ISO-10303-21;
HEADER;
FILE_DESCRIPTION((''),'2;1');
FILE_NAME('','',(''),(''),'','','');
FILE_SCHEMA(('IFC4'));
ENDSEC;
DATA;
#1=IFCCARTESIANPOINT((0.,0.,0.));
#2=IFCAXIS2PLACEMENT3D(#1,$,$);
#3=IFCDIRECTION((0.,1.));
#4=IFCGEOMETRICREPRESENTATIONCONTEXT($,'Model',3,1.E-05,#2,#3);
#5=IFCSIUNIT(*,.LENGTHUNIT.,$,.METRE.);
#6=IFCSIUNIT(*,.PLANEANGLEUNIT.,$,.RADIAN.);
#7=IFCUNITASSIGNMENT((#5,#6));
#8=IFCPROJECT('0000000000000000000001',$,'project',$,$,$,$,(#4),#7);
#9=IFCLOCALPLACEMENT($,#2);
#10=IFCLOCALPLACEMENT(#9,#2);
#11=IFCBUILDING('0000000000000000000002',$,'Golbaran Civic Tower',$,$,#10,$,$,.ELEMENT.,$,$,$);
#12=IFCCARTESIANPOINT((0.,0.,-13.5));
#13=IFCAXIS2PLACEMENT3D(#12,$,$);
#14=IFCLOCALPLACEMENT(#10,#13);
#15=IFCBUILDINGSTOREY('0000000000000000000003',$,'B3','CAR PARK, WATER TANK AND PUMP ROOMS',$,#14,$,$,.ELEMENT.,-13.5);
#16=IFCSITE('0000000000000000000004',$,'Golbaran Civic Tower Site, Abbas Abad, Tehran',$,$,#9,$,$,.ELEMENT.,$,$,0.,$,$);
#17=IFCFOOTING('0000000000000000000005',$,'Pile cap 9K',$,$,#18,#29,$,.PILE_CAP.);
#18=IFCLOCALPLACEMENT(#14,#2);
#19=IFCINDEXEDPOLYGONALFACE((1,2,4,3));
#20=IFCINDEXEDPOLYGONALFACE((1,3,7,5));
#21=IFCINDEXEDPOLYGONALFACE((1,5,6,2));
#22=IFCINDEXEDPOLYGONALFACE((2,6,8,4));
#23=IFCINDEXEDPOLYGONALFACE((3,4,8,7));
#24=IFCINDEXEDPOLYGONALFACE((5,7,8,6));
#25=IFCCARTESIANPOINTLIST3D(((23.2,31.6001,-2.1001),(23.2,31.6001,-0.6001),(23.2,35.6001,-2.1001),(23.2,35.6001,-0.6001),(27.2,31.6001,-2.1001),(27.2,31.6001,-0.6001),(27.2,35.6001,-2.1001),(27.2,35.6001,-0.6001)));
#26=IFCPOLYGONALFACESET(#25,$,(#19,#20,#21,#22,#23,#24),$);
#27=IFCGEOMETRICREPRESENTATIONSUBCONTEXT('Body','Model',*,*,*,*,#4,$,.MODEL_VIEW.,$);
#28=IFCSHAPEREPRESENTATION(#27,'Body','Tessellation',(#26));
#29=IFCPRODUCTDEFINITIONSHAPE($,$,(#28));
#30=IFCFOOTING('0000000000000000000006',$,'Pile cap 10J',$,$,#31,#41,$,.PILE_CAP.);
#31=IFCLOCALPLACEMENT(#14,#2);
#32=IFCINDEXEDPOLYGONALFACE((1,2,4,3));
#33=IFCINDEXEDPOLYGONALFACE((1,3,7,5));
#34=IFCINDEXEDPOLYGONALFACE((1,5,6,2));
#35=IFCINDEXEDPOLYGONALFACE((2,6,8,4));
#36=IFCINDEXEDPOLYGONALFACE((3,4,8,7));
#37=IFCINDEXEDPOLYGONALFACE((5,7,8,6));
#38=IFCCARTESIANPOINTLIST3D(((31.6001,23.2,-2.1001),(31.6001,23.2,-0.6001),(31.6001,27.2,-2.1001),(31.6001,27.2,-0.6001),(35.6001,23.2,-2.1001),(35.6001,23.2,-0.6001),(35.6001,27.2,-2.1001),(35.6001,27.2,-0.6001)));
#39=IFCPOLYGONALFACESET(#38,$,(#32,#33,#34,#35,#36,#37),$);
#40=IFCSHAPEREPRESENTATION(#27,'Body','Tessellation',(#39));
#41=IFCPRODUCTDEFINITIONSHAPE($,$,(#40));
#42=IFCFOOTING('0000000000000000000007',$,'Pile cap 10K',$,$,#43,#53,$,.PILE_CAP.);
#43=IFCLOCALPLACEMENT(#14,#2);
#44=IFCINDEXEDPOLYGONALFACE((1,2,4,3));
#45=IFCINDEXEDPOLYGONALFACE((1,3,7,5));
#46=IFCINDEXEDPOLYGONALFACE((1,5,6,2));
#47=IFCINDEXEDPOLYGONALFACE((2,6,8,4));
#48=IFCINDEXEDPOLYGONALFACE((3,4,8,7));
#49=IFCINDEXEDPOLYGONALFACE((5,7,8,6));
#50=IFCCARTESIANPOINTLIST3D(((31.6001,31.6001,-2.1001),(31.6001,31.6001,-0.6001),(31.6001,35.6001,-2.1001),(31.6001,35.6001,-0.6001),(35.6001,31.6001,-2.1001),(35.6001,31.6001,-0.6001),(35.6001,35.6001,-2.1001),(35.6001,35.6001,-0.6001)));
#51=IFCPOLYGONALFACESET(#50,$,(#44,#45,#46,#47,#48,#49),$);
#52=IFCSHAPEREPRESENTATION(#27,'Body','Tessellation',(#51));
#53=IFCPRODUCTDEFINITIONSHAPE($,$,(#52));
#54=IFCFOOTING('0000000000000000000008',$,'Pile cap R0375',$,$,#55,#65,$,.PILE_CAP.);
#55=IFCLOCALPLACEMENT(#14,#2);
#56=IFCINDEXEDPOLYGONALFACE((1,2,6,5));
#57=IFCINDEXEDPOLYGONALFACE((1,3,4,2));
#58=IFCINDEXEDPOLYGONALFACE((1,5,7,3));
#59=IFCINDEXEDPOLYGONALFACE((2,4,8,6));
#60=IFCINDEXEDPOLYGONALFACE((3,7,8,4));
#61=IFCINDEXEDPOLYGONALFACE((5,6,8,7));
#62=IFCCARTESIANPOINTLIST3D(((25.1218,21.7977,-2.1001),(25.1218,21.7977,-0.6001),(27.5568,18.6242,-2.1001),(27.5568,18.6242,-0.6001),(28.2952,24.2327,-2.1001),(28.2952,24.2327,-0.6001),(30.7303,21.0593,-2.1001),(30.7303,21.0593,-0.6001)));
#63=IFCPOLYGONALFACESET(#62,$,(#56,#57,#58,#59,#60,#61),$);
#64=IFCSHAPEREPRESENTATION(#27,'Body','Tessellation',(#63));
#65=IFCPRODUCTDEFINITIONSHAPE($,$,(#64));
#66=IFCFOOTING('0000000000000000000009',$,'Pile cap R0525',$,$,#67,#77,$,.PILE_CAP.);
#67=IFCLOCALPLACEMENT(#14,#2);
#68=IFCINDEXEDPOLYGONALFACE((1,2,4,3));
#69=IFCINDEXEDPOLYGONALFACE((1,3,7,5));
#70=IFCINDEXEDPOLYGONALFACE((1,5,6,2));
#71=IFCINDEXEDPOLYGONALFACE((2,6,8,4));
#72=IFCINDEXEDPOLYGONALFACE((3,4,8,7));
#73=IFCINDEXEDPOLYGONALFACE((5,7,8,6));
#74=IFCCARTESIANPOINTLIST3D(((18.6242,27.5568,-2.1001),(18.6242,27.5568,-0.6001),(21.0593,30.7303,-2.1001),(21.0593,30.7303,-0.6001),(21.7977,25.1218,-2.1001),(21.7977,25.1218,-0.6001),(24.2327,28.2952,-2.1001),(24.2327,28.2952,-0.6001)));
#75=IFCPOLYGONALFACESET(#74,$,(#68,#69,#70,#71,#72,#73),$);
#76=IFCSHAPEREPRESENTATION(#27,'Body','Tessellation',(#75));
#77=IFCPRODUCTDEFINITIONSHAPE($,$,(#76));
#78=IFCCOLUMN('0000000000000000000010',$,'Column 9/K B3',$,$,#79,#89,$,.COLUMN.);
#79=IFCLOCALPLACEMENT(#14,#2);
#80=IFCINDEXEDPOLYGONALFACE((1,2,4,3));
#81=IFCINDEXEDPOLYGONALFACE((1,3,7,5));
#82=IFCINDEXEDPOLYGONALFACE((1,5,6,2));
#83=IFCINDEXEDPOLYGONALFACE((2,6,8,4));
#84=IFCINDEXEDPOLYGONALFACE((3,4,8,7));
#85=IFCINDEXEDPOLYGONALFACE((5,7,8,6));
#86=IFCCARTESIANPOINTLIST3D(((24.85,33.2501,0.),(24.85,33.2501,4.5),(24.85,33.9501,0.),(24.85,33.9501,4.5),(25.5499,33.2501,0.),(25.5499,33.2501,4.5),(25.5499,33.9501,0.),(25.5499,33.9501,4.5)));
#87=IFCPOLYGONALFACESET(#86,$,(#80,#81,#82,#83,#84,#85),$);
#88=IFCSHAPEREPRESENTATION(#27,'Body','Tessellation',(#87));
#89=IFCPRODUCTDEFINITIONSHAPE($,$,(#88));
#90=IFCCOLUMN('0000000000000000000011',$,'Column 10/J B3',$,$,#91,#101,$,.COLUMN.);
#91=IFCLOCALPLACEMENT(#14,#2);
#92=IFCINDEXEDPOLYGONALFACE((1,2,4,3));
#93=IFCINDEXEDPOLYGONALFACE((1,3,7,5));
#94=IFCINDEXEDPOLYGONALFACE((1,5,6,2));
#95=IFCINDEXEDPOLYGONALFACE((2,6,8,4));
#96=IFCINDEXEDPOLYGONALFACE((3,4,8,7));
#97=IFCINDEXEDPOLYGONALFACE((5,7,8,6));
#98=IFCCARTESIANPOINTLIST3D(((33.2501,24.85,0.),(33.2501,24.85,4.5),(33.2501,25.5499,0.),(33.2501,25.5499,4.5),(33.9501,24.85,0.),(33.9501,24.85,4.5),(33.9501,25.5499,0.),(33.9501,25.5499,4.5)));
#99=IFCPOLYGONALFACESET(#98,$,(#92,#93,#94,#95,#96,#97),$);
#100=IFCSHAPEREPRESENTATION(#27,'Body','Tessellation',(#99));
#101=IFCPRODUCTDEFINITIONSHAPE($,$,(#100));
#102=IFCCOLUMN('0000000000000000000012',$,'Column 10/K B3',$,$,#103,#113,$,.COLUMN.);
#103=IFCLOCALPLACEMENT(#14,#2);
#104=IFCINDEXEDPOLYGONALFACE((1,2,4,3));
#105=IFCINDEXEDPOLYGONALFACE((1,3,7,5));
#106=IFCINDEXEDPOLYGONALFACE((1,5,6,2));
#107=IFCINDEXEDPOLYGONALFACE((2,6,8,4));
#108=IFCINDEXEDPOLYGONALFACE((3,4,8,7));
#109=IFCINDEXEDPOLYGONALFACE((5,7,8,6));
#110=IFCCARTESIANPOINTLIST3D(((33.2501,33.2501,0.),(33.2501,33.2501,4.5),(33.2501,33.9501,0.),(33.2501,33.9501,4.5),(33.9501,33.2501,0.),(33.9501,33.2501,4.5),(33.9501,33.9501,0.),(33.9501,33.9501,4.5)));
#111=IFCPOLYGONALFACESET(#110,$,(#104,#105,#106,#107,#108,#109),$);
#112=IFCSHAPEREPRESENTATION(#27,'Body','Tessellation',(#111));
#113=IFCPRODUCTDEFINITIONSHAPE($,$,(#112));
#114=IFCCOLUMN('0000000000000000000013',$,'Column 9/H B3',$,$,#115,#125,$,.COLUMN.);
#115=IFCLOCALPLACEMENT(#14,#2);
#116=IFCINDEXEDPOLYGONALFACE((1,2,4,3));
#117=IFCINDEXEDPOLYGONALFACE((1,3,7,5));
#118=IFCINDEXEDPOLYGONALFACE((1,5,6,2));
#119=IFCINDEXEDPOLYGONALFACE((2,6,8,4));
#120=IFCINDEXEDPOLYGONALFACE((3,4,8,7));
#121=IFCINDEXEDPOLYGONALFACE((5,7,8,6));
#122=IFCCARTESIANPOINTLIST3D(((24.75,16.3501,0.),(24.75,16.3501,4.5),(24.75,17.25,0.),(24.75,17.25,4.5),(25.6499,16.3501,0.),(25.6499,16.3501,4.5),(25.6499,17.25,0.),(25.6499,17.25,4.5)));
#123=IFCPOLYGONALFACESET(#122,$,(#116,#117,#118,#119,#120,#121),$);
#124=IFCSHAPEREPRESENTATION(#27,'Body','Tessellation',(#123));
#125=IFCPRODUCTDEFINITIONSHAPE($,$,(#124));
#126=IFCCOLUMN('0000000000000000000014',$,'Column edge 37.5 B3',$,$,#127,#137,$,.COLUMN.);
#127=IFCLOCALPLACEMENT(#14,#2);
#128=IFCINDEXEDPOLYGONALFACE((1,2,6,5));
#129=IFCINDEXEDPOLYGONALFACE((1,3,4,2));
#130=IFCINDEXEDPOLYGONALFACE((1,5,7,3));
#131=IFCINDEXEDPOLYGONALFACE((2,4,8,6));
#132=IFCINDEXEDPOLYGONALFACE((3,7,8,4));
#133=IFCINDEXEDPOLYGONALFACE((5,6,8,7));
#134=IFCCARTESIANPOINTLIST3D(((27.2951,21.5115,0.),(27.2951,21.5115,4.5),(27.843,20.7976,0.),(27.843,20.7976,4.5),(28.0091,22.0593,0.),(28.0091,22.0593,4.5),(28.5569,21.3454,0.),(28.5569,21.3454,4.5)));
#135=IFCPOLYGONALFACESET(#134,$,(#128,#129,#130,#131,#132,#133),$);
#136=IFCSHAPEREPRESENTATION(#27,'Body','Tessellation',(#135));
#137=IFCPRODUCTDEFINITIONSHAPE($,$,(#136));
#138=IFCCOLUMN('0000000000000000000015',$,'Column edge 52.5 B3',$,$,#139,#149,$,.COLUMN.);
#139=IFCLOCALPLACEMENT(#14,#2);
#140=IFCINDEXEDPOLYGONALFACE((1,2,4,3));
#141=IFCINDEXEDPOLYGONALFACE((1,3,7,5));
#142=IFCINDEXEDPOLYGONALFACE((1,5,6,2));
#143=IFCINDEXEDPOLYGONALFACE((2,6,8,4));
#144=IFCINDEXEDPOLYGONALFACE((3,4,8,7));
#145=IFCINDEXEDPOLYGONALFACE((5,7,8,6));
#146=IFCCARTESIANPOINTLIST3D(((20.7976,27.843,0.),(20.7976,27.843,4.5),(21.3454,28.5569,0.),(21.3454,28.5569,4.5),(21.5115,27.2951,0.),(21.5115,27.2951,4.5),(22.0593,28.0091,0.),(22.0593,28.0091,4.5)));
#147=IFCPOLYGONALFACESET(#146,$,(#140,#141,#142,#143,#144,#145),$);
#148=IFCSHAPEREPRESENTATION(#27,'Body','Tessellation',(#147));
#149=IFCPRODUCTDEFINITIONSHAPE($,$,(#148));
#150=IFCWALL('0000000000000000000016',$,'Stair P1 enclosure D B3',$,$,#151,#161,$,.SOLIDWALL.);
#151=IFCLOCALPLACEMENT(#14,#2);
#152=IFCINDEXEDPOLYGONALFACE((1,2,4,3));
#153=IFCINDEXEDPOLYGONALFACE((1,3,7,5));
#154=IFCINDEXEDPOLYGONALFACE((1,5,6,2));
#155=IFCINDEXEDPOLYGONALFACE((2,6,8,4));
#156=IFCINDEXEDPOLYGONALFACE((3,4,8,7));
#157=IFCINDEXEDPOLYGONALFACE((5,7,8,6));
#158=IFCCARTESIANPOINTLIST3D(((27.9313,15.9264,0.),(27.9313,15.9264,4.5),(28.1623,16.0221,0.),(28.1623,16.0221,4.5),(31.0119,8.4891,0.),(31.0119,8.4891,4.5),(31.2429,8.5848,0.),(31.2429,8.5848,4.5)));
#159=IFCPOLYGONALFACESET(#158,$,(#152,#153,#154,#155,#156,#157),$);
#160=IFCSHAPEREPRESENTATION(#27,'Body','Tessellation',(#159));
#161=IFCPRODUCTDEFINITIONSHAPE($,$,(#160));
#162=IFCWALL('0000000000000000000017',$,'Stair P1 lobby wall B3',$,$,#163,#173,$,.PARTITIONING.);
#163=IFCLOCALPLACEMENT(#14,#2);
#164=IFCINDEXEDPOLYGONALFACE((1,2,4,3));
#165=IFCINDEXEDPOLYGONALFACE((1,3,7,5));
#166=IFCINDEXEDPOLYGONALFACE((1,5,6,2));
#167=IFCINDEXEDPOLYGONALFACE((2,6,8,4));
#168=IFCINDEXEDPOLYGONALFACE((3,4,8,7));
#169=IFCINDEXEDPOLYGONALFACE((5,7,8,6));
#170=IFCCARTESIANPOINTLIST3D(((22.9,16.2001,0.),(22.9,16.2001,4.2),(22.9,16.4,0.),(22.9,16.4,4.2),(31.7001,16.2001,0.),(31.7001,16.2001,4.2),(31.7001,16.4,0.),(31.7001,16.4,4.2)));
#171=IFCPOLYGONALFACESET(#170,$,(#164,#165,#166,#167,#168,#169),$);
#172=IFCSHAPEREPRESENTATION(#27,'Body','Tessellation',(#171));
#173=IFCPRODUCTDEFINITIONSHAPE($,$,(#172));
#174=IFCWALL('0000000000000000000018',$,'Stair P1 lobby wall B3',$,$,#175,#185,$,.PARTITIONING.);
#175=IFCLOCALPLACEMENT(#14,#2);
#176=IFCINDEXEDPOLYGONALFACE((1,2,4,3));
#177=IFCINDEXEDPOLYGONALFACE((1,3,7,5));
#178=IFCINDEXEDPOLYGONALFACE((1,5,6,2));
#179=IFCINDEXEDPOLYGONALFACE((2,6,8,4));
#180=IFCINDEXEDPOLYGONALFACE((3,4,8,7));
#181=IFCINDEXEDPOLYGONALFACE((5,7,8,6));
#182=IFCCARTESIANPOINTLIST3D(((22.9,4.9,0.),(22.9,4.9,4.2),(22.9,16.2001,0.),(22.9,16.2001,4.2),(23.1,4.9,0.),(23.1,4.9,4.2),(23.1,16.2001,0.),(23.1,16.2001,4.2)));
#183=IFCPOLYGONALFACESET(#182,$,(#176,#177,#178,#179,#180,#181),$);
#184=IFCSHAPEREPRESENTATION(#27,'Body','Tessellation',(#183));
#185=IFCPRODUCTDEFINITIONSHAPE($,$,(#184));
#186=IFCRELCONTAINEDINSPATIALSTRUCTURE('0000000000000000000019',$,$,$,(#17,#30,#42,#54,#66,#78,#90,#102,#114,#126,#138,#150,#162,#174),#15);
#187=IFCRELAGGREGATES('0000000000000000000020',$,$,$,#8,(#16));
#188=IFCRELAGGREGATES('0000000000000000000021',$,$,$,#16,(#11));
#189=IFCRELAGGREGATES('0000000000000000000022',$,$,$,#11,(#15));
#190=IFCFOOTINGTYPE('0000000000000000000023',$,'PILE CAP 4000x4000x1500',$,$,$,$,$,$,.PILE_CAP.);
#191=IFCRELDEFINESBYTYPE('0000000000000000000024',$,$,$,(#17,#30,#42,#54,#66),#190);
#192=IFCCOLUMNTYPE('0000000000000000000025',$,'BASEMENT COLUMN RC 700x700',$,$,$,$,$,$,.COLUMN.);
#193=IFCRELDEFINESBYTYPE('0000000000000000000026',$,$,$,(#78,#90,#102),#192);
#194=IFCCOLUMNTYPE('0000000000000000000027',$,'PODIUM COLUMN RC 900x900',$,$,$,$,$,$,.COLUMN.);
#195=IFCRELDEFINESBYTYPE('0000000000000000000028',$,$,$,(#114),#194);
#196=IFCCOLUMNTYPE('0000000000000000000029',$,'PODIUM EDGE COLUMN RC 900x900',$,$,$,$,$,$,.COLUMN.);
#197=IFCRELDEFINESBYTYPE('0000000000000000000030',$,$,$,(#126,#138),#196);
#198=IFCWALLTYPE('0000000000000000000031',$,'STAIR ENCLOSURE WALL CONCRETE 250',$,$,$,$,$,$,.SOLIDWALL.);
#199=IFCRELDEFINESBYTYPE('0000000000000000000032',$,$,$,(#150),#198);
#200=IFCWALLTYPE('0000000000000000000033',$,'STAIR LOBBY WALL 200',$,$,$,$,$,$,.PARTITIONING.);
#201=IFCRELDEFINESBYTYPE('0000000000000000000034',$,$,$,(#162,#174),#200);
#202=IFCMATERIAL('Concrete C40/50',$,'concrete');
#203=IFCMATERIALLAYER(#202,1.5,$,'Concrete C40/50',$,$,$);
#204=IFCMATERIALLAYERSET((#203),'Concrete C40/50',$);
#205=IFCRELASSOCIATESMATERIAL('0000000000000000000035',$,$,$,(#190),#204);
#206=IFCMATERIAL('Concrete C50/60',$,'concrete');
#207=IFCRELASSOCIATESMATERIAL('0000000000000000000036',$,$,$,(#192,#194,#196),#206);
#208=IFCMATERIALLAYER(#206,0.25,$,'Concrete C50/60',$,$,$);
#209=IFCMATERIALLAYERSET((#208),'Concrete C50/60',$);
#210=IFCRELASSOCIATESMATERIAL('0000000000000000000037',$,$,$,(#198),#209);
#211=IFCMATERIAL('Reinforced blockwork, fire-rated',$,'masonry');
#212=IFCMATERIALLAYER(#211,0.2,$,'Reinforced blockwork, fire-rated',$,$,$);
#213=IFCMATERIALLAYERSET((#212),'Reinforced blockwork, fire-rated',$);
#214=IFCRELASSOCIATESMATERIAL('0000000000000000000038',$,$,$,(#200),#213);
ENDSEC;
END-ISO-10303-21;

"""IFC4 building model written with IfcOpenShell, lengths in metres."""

from ifc_helpers import new_model, si_unit, direction, frame, frame_2d, origin, origin_2d, place, context, subcontext, project, spatial, rectangle, extrude, material, layer, layer_set, material_profile, profile_set, type_object, element, save


model = new_model("IFC4")

# Units and contexts
model_context = context("Model", 3, precision=1e-05, world=origin(), true_north=direction((0.0, 1.0)))
body_context = subcontext(model_context, "Body", "Model", "MODEL_VIEW")
ifc_project = project(units=[si_unit("LENGTHUNIT", "METRE"), si_unit("PLANEANGLEUNIT", "RADIAN")], contexts=[model_context])

# Site, building, storey
site_placement = place(None, origin())
site = spatial("IfcSite", under=ifc_project, at=site_placement, Name="Golbaran Civic Tower Site, Abbas Abad, Tehran", CompositionType="ELEMENT", RefElevation=0.0)
building_placement = place(site_placement, origin())
building = spatial("IfcBuilding", under=site, at=building_placement, Name="Golbaran Civic Tower", CompositionType="ELEMENT")
storey_placement = place(building_placement, frame((0.0, 0.0, -13.5)))
storey = spatial("IfcBuildingStorey", under=building, at=storey_placement, Name="B3", Description="CAR PARK, WATER TANK AND PUMP ROOMS", CompositionType="ELEMENT", Elevation=-13.5)

# Footings
ifc_material_1 = material(Name="Concrete C40/50", Category="concrete")
ifc_layer_1 = layer(ifc_material_1, 1.5, Name="Concrete C40/50")
ifc_layer_set_1 = layer_set([ifc_layer_1], Name="Concrete C40/50")
footing_type = type_object("IfcFootingType", Name="PILE CAP 4000x4000x1500", PredefinedType="PILE_CAP", material=ifc_layer_set_1)
for number, where, z_axis, x_axis, name in (
    (1, (25.2, 33.6001, -2.1001), (0.0, 0.0, 1.0), (1.0, 0.0, 0.0), "Pile cap 9K"),
    (2, (33.6001, 25.2, -2.1001), (0.0, 0.0, 1.0), (1.0, 0.0, 0.0), "Pile cap 10J"),
    (3, (33.6001, 33.6001, -2.1001), (0.0, 0.0, 1.0), (1.0, 0.0, 0.0), "Pile cap 10K"),
    (4, (27.926, 21.4285, -2.1001), (0.0, 0.0, 1.0), (0.793353, 0.608761, 0.0), "Pile cap R0375"),
    (5, (21.4285, 27.926, -2.1001), (0.0, 0.0, 1.0), (0.608761, 0.793353, 0.0), "Pile cap R0525"),
):
    element("IfcFooting", number, at=place(storey_placement, frame(where, z_axis=z_axis, x_axis=x_axis)), inside=storey, type_object=footing_type, Name=name, PredefinedType="PILE_CAP", context=body_context, shape_type="SweptSolid", body=[
        extrude(rectangle(XDim=4.0, YDim=4.0, at=origin_2d()), origin(), (0.0, 0.0, 1.0), 1.5),
    ])

# Columns
ifc_material_2 = material(Name="Concrete C50/60", Category="concrete")
ifc_material_profile_1 = material_profile(ifc_material_2, rectangle(XDim=0.7, YDim=0.7, at=origin_2d()), Name="RC 700x700")
ifc_profile_set_1 = profile_set([ifc_material_profile_1], Name="Concrete C50/60")
column_type_1 = type_object("IfcColumnType", Name="BASEMENT COLUMN RC 700x700", PredefinedType="COLUMN", material=ifc_profile_set_1)
for number, where, z_axis, x_axis, name in (
    (6, (25.2, 33.6001, 0.0), (0.0, 0.0, 1.0), (1.0, 0.0, 0.0), "Column 9/K B3"),
    (7, (33.6001, 25.2, 0.0), (0.0, 0.0, 1.0), (1.0, 0.0, 0.0), "Column 10/J B3"),
    (8, (33.6001, 33.6001, 0.0), (0.0, 0.0, 1.0), (1.0, 0.0, 0.0), "Column 10/K B3"),
):
    element("IfcColumn", number, at=place(storey_placement, frame(where, z_axis=z_axis, x_axis=x_axis)), inside=storey, type_object=column_type_1, Name=name, PredefinedType="COLUMN", context=body_context, shape_type="SweptSolid", body=[
        extrude(rectangle(XDim=0.7, YDim=0.7, at=origin_2d()), origin(), (0.0, 0.0, 1.0), 4.5),
    ])
ifc_material_profile_2 = material_profile(ifc_material_2, rectangle(XDim=0.8999, YDim=0.8999, at=origin_2d()), Name="RC 900x900")
ifc_profile_set_2 = profile_set([ifc_material_profile_2], Name="Concrete C50/60")
column_type_2 = type_object("IfcColumnType", Name="PODIUM COLUMN RC 900x900", PredefinedType="COLUMN", material=ifc_profile_set_2)
column_placement = place(storey_placement, frame((25.2, 16.8, 0.0), z_axis=(0.0, 0.0, 1.0), x_axis=(1.0, 0.0, 0.0)))
element("IfcColumn", 9, at=column_placement, inside=storey, type_object=column_type_2, Name="Column 9/H B3", PredefinedType="COLUMN", context=body_context, shape_type="SweptSolid", body=[
    extrude(rectangle(XDim=0.8999, YDim=0.8999, at=origin_2d()), origin(), (0.0, 0.0, 1.0), 4.5),
])
ifc_material_profile_3 = material_profile(ifc_material_2, rectangle(XDim=0.8999, YDim=0.8999, at=origin_2d()), Name="RC 900x900")
ifc_profile_set_3 = profile_set([ifc_material_profile_3], Name="Concrete C50/60")
column_type_3 = type_object("IfcColumnType", Name="PODIUM EDGE COLUMN RC 900x900", PredefinedType="COLUMN", material=ifc_profile_set_3)
for number, where, z_axis, x_axis, name in (
    (10, (27.926, 21.4285, 0.0), (0.0, 0.0, 1.0), (0.793353, 0.608761, 0.0), "Column edge 37.5 B3"),
    (11, (21.4285, 27.926, 0.0), (0.0, 0.0, 1.0), (0.608761, 0.793353, 0.0), "Column edge 52.5 B3"),
):
    element("IfcColumn", number, at=place(storey_placement, frame(where, z_axis=z_axis, x_axis=x_axis)), inside=storey, type_object=column_type_3, Name=name, PredefinedType="COLUMN", context=body_context, shape_type="SweptSolid", body=[
        extrude(rectangle(XDim=0.8999, YDim=0.8999, at=origin_2d()), origin(), (0.0, 0.0, 1.0), 4.5),
    ])

# Walls
ifc_layer_2 = layer(ifc_material_2, 0.25, Name="Concrete C50/60")
ifc_layer_set_2 = layer_set([ifc_layer_2], Name="Concrete C50/60")
wall_type_1 = type_object("IfcWallType", Name="STAIR ENCLOSURE WALL CONCRETE 250", PredefinedType="SOLIDWALL", material=ifc_layer_set_2)
wall_1_placement = place(storey_placement, frame((28.0469, 15.9741, 0.0), z_axis=(0.0, 0.0, 1.0), x_axis=(0.382679, -0.923882, 0.0)))
element("IfcWall", 12, at=wall_1_placement, inside=storey, type_object=wall_type_1, Name="Stair P1 enclosure D B3", PredefinedType="SOLIDWALL", context=body_context, shape_type="SweptSolid", body=[
    extrude(rectangle(XDim=8.05, YDim=0.25, at=frame_2d((4.0249, 0.0))), origin(), (0.0, 0.0, 1.0), 4.5),
])
ifc_material_3 = material(Name="Reinforced blockwork, fire-rated", Category="masonry")
ifc_layer_3 = layer(ifc_material_3, 0.2, Name="Reinforced blockwork, fire-rated")
ifc_layer_set_3 = layer_set([ifc_layer_3], Name="Reinforced blockwork, fire-rated")
wall_type_2 = type_object("IfcWallType", Name="STAIR LOBBY WALL 200", PredefinedType="PARTITIONING", material=ifc_layer_set_3)
wall_2_placement = place(storey_placement, frame((31.7, 16.3, 0.0), z_axis=(0.0, 0.0, 1.0), x_axis=(-1.0, 0.0, 0.0)))
element("IfcWall", 13, at=wall_2_placement, inside=storey, type_object=wall_type_2, Name="Stair P1 lobby wall B3", PredefinedType="PARTITIONING", context=body_context, shape_type="SweptSolid", body=[
    extrude(rectangle(XDim=8.8, YDim=0.2, at=frame_2d((4.3999, 0.0))), origin(), (0.0, 0.0, 1.0), 4.2),
])
wall_3_placement = place(storey_placement, frame((23.0, 16.2, 0.0), z_axis=(0.0, 0.0, 1.0), x_axis=(0.0, -1.0, 0.0)))
element("IfcWall", 14, at=wall_3_placement, inside=storey, type_object=wall_type_2, Name="Stair P1 lobby wall B3", PredefinedType="PARTITIONING", context=body_context, shape_type="SweptSolid", body=[
    extrude(rectangle(XDim=11.3, YDim=0.2, at=frame_2d((5.6499, 0.0))), origin(), (0.0, 0.0, 1.0), 4.2),
])

save(model, "model.ifc")
